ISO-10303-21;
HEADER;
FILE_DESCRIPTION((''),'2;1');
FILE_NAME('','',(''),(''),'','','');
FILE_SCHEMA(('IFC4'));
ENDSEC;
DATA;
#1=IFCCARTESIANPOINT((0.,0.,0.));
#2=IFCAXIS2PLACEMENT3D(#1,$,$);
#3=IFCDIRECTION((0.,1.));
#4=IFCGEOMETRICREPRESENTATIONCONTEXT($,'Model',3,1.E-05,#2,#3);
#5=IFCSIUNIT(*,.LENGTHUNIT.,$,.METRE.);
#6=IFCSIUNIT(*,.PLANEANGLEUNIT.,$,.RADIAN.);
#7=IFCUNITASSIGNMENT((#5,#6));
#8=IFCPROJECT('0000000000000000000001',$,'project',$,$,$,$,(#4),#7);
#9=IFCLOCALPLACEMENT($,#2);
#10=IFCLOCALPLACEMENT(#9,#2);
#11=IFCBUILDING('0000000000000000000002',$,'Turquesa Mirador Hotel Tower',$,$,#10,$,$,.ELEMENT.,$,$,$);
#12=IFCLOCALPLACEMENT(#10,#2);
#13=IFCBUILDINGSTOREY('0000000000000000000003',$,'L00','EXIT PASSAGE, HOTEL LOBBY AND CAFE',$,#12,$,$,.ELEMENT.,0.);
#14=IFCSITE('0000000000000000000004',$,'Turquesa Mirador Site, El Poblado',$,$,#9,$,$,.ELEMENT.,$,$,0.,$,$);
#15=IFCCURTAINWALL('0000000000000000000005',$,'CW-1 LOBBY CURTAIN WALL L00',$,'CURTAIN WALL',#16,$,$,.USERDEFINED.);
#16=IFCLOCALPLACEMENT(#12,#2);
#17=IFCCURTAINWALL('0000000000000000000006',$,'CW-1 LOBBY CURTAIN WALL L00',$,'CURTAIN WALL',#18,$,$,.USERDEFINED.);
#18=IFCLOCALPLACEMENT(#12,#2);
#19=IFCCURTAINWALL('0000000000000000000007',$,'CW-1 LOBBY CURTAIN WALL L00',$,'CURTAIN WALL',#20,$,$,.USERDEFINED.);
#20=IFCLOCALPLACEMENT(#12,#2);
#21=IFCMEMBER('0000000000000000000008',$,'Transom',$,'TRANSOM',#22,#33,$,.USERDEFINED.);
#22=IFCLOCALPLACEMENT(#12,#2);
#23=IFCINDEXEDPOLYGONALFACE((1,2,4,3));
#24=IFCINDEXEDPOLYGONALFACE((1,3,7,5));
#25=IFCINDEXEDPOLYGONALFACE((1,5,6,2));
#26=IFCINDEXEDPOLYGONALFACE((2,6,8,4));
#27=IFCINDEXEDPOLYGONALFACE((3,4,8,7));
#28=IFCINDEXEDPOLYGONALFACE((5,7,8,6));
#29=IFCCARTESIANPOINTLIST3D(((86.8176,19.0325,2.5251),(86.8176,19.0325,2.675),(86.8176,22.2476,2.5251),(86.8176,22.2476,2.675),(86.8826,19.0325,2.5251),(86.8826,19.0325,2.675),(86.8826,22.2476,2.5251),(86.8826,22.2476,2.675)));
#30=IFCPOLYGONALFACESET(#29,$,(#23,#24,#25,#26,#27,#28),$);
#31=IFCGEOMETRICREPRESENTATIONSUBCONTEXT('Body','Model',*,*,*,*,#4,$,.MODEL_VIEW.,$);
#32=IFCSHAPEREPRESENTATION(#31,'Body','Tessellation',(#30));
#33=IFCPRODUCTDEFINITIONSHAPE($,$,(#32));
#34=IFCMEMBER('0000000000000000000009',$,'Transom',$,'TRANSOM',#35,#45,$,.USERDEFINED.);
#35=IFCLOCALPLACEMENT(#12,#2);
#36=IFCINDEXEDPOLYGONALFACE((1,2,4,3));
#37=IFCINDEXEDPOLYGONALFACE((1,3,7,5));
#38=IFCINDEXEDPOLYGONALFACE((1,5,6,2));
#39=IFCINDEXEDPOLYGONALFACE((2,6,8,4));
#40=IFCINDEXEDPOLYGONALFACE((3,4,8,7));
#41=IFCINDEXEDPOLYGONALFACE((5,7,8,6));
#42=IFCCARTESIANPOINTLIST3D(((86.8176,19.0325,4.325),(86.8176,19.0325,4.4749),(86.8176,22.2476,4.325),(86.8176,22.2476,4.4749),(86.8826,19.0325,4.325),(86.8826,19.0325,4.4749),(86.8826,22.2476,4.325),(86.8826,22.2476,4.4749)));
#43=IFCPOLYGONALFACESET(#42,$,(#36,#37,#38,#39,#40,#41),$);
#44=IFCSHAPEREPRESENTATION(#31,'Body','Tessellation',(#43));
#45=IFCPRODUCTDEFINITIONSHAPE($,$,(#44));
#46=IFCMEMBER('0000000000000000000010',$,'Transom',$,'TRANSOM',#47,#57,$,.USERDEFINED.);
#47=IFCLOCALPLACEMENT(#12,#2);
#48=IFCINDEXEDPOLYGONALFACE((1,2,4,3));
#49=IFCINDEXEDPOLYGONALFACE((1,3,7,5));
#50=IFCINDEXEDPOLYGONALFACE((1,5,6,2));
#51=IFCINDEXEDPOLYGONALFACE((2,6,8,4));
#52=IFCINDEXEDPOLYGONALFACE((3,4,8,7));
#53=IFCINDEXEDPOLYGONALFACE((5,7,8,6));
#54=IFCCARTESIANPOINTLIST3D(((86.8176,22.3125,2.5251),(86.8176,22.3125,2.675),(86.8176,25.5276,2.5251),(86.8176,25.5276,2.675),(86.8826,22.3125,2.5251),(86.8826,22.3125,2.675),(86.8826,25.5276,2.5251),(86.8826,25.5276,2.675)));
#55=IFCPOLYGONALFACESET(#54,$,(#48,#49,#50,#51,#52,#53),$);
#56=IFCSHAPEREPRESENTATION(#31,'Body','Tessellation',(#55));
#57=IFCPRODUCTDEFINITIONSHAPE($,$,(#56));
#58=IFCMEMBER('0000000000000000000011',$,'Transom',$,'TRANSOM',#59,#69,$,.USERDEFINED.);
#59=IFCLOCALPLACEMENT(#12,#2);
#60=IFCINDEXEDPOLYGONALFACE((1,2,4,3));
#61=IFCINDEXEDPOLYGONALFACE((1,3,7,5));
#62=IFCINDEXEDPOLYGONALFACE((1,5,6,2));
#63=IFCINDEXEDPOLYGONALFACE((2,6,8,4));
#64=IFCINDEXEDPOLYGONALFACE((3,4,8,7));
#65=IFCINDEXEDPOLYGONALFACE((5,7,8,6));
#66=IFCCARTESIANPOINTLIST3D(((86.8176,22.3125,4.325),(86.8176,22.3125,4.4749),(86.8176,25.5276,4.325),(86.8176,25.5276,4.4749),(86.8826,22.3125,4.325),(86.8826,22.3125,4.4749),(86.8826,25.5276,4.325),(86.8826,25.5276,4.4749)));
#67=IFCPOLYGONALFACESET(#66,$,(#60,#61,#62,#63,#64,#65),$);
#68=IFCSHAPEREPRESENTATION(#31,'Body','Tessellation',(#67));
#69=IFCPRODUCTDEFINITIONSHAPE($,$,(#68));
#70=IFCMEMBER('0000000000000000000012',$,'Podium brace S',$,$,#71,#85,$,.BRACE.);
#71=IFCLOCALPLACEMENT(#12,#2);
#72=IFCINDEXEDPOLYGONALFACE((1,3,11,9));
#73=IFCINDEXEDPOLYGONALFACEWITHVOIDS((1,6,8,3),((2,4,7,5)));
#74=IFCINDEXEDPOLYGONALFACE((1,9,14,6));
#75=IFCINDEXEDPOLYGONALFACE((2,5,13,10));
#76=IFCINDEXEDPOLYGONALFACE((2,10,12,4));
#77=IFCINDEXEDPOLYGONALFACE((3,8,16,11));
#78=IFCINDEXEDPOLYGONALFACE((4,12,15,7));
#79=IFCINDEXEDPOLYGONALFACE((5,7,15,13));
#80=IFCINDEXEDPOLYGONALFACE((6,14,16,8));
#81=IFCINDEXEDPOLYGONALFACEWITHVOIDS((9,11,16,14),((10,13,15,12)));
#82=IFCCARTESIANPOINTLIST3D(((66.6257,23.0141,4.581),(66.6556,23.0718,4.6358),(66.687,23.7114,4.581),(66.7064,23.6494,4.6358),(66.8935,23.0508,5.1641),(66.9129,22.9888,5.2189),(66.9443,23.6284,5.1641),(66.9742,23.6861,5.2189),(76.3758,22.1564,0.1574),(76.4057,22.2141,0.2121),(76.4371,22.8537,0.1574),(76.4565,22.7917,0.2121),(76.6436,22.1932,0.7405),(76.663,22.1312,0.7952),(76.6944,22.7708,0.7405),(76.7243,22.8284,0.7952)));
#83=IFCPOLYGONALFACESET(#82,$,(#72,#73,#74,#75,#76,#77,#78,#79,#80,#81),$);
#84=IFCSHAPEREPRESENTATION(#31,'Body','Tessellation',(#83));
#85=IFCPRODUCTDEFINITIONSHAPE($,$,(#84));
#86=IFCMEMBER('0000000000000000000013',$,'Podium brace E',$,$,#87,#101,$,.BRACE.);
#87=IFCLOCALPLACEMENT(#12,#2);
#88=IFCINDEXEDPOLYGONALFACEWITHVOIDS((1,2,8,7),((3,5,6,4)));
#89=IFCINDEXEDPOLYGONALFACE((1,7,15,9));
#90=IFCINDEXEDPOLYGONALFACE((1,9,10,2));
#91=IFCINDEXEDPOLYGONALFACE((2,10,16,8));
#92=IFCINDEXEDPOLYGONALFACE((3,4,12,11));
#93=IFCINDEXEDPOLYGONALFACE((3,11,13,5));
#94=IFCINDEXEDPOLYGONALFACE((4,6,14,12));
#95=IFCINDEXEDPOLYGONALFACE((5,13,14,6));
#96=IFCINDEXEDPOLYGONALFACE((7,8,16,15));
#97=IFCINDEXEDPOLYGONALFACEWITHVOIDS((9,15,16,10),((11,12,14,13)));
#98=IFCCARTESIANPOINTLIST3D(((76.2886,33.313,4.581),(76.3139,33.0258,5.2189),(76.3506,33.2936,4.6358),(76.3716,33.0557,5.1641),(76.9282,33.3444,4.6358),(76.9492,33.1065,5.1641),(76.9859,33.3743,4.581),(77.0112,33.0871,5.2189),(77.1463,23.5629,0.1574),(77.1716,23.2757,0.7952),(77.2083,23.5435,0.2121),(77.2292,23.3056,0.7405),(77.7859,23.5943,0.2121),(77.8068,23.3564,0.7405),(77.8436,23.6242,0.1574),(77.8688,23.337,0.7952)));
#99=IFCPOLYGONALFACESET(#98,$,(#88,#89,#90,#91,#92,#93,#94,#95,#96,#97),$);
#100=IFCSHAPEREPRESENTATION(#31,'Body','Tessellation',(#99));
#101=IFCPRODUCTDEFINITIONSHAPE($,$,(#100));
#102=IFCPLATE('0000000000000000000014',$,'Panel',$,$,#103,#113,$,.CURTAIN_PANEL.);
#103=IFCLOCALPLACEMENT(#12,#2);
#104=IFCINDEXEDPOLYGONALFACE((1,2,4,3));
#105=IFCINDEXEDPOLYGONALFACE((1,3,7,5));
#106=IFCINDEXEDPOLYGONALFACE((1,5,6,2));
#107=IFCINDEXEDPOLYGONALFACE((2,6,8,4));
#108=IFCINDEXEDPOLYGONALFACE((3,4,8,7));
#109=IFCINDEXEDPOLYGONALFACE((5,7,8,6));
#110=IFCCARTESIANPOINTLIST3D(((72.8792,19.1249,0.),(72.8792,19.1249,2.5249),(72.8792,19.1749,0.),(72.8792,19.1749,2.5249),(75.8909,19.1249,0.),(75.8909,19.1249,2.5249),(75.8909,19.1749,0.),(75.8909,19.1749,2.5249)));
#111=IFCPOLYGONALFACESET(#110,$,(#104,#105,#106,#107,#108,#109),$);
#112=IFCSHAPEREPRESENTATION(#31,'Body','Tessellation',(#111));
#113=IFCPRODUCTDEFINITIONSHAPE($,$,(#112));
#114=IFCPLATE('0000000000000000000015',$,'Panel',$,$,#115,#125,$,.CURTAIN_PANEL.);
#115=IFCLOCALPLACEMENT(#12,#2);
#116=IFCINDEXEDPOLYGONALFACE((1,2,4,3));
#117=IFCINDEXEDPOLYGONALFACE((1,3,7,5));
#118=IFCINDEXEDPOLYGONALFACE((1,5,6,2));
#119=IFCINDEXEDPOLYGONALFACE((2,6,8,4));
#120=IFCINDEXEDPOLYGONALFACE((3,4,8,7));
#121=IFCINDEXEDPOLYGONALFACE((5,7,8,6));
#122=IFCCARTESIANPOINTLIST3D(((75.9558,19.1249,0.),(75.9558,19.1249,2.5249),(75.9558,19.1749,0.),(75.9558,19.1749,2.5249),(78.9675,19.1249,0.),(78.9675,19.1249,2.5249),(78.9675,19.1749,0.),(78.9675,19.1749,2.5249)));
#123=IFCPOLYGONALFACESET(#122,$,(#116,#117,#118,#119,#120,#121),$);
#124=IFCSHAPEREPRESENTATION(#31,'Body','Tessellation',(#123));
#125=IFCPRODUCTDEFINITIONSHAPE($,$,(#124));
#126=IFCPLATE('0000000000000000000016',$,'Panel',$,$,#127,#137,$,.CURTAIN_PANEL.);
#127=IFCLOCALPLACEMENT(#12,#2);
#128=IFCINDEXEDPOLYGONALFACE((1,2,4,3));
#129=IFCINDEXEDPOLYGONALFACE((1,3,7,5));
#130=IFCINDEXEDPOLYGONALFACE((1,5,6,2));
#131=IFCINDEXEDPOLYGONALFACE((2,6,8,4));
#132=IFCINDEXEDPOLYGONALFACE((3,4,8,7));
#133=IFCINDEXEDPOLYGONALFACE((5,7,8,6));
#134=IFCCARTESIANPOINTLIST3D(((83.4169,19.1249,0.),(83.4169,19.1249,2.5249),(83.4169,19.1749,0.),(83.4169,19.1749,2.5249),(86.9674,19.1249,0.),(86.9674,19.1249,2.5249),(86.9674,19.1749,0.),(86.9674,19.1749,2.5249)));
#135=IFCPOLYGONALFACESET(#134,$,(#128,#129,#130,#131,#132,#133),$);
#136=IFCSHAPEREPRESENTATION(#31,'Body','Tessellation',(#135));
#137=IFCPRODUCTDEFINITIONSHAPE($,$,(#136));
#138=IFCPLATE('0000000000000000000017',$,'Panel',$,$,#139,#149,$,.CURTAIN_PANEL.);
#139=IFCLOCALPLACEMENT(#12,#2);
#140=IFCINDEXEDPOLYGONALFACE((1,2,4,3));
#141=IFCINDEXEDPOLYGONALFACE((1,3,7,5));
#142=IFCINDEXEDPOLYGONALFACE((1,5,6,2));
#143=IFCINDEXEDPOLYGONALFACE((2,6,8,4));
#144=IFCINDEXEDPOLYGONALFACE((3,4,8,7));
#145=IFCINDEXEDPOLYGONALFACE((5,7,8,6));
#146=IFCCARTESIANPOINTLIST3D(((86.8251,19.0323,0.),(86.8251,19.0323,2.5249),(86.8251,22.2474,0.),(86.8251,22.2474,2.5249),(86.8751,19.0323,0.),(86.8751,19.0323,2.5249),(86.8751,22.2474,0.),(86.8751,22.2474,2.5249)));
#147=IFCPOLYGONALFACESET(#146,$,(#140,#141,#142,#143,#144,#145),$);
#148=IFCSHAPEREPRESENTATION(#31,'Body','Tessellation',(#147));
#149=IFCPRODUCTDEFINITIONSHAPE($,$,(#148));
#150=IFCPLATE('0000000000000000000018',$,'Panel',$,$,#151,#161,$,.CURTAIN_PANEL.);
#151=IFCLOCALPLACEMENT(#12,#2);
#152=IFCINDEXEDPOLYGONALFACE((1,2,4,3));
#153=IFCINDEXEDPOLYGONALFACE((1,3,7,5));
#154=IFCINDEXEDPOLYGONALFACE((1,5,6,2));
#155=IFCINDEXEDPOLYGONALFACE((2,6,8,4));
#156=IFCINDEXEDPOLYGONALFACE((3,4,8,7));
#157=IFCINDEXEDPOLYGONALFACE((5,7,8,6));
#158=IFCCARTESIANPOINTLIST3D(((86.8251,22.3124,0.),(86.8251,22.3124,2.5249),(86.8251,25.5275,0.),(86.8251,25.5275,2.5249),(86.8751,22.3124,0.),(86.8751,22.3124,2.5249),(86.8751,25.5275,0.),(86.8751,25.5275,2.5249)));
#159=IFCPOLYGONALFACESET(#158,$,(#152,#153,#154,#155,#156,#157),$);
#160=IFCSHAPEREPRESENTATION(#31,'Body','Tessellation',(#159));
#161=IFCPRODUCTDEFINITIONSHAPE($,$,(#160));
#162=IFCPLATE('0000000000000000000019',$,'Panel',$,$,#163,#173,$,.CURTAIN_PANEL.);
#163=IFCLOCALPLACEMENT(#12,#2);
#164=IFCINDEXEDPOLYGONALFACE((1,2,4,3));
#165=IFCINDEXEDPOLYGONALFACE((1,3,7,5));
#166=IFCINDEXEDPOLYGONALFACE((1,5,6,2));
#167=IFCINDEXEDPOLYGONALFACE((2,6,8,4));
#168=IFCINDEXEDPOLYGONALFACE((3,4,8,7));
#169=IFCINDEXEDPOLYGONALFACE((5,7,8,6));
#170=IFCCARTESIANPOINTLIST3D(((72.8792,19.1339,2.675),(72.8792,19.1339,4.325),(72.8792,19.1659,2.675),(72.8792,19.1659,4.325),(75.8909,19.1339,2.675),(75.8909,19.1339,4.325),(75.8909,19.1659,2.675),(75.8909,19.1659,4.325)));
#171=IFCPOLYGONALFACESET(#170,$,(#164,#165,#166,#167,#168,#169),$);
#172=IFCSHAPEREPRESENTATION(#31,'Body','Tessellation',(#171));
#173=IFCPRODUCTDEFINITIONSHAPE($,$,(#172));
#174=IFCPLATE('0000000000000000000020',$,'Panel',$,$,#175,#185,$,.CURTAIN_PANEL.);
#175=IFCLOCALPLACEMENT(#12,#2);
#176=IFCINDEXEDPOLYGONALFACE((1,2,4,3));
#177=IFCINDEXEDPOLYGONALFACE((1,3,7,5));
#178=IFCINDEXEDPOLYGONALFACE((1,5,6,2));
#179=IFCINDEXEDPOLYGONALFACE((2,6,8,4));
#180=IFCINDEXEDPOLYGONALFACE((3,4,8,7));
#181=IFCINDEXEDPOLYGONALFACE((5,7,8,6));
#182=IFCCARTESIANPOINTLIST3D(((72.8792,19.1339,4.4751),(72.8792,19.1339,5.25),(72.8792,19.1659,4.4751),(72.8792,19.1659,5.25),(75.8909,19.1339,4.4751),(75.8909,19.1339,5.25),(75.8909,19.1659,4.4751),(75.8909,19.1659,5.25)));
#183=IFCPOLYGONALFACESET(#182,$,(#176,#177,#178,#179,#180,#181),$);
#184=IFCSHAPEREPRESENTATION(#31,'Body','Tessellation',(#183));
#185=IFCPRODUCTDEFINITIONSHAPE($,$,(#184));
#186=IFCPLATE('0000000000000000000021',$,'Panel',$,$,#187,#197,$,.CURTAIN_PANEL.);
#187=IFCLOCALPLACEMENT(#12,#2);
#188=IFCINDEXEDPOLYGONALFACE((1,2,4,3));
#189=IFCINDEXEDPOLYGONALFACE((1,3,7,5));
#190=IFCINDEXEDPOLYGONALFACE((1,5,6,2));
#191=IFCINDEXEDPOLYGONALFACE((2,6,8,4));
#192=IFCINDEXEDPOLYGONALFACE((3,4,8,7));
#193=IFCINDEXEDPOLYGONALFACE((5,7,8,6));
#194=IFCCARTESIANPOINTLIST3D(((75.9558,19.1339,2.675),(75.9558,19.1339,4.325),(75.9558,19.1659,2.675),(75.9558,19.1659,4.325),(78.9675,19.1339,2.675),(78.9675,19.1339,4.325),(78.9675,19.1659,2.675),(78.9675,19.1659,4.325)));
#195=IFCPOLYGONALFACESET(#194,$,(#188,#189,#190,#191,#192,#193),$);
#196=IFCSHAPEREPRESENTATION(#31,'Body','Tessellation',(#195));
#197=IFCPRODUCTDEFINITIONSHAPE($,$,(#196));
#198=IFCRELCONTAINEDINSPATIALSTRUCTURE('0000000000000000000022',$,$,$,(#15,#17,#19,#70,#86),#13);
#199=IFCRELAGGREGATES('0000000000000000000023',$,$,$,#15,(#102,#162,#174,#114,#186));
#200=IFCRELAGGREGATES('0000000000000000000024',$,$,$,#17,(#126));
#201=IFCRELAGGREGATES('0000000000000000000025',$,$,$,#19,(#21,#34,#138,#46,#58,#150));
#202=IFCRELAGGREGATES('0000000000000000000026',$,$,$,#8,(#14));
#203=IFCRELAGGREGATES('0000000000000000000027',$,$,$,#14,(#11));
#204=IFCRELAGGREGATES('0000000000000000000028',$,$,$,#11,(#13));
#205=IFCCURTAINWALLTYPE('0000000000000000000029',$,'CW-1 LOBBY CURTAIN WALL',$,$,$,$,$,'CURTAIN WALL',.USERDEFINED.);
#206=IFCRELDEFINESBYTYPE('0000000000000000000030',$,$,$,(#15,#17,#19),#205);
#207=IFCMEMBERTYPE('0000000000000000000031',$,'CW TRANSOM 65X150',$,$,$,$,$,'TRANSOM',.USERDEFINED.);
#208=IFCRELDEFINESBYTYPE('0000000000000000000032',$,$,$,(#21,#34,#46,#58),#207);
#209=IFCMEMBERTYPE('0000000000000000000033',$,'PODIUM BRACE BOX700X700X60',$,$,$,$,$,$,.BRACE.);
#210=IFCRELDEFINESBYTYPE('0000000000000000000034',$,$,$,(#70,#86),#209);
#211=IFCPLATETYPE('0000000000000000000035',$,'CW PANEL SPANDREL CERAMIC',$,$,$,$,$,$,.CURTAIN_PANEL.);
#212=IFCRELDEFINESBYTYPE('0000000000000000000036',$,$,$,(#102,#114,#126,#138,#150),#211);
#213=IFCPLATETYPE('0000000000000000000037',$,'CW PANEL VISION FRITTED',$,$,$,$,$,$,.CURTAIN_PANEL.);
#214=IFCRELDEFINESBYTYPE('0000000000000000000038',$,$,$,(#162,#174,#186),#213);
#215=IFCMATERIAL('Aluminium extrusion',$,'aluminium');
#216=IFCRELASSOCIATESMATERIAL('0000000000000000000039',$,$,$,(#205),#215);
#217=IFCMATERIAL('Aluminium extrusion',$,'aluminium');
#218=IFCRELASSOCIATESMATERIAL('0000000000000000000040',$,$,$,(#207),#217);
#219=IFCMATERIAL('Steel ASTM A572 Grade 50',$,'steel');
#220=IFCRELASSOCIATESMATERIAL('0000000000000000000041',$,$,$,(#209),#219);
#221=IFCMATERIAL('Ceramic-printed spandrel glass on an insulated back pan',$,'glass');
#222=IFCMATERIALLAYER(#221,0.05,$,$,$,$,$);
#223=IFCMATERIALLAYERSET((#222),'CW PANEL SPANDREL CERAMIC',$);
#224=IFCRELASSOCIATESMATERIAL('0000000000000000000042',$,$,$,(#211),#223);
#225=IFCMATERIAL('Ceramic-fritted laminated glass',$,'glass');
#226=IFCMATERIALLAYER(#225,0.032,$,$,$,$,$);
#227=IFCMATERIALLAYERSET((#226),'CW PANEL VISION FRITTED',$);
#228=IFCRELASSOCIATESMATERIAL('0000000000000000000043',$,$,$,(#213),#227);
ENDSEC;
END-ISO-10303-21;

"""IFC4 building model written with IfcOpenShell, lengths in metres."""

from ifc_helpers import new_model, si_unit, direction, frame, origin, origin_2d, place, context, subcontext, project, spatial, rectangle, hollow_rectangle, extrude, material, layer, layer_set, material_profile, profile_set, type_object, element, aggregate, save


model = new_model("IFC4")

# Units and contexts
model_context = context("Model", 3, precision=1e-05, world=origin(), true_north=direction((0.0, 1.0)))
body_context = subcontext(model_context, "Body", "Model", "MODEL_VIEW")
ifc_project = project(units=[si_unit("LENGTHUNIT", "METRE"), si_unit("PLANEANGLEUNIT", "RADIAN")], contexts=[model_context])

# Site, building, storey
site_placement = place(None, origin())
site = spatial("IfcSite", under=ifc_project, at=site_placement, Name="Turquesa Mirador Site, El Poblado", CompositionType="ELEMENT", RefElevation=0.0)
building_placement = place(site_placement, origin())
building = spatial("IfcBuilding", under=site, at=building_placement, Name="Turquesa Mirador Hotel Tower", CompositionType="ELEMENT")
storey_placement = place(building_placement, origin())
storey = spatial("IfcBuildingStorey", under=building, at=storey_placement, Name="L00", Description="EXIT PASSAGE, HOTEL LOBBY AND CAFE", CompositionType="ELEMENT", Elevation=0.0)

# Curtain walls
ifc_material_1 = material(Name="Aluminium extrusion", Category="aluminium")
curtain_wall_type = type_object("IfcCurtainWallType", Name="CW-1 LOBBY CURTAIN WALL", ElementType="CURTAIN WALL", PredefinedType="USERDEFINED", material=ifc_material_1)
curtain_wall_1_placement = place(storey_placement, origin())
curtain_wall_1 = element("IfcCurtainWall", 1, at=curtain_wall_1_placement, inside=storey, type_object=curtain_wall_type, Name="CW-1 LOBBY CURTAIN WALL L00", ObjectType="CURTAIN WALL", PredefinedType="USERDEFINED")
curtain_wall_2_placement = place(storey_placement, origin())
curtain_wall_2 = element("IfcCurtainWall", 2, at=curtain_wall_2_placement, inside=storey, type_object=curtain_wall_type, Name="CW-1 LOBBY CURTAIN WALL L00", ObjectType="CURTAIN WALL", PredefinedType="USERDEFINED")
curtain_wall_3_placement = place(storey_placement, origin())
curtain_wall_3 = element("IfcCurtainWall", 3, at=curtain_wall_3_placement, inside=storey, type_object=curtain_wall_type, Name="CW-1 LOBBY CURTAIN WALL L00", ObjectType="CURTAIN WALL", PredefinedType="USERDEFINED")

# Members
ifc_material_2 = material(Name="Aluminium extrusion", Category="aluminium")
ifc_material_profile_1 = material_profile(ifc_material_2, rectangle(XDim=0.0649, YDim=0.1499, at=origin_2d()), Name="TRANSOM 65X150")
ifc_profile_set_1 = profile_set([ifc_material_profile_1], Name="Aluminium extrusion")
member_type_1 = type_object("IfcMemberType", Name="CW TRANSOM 65X150", ElementType="TRANSOM", PredefinedType="USERDEFINED", material=ifc_profile_set_1)
member_1_placement = place(storey_placement, frame((86.8501, 19.0325, 2.6001), z_axis=(0.0, 1.0, 0.0), x_axis=(-1.0, 0.0, 0.0)))
member_1 = element("IfcMember", 4, at=member_1_placement, type_object=member_type_1, Name="Transom", ObjectType="TRANSOM", PredefinedType="USERDEFINED", context=body_context, shape_type="SweptSolid", body=[
    extrude(rectangle(XDim=0.0649, YDim=0.1499, at=origin_2d()), origin(), (0.0, 0.0, 1.0), 3.2151),
])
member_2_placement = place(storey_placement, frame((86.8501, 19.0325, 4.3999), z_axis=(0.0, 1.0, 0.0), x_axis=(-1.0, 0.0, 0.0)))
member_2 = element("IfcMember", 5, at=member_2_placement, type_object=member_type_1, Name="Transom", ObjectType="TRANSOM", PredefinedType="USERDEFINED", context=body_context, shape_type="SweptSolid", body=[
    extrude(rectangle(XDim=0.0649, YDim=0.1499, at=origin_2d()), origin(), (0.0, 0.0, 1.0), 3.2151),
])
member_3_placement = place(storey_placement, frame((86.8501, 22.3125, 2.6001), z_axis=(0.0, 1.0, 0.0), x_axis=(-1.0, 0.0, 0.0)))
member_3 = element("IfcMember", 6, at=member_3_placement, type_object=member_type_1, Name="Transom", ObjectType="TRANSOM", PredefinedType="USERDEFINED", context=body_context, shape_type="SweptSolid", body=[
    extrude(rectangle(XDim=0.0649, YDim=0.1499, at=origin_2d()), origin(), (0.0, 0.0, 1.0), 3.2151),
])
member_4_placement = place(storey_placement, frame((86.8501, 22.3125, 4.3999), z_axis=(0.0, 1.0, 0.0), x_axis=(-1.0, 0.0, 0.0)))
member_4 = element("IfcMember", 7, at=member_4_placement, type_object=member_type_1, Name="Transom", ObjectType="TRANSOM", PredefinedType="USERDEFINED", context=body_context, shape_type="SweptSolid", body=[
    extrude(rectangle(XDim=0.0649, YDim=0.1499, at=origin_2d()), origin(), (0.0, 0.0, 1.0), 3.2151),
])

# Members
ifc_material_3 = material(Name="Steel ASTM A572 Grade 50", Category="steel")
ifc_material_profile_2 = material_profile(ifc_material_3, hollow_rectangle(XDim=0.7, YDim=0.7, WallThickness=0.0601, at=origin_2d()), Name="BOX700X700X60")
ifc_profile_set_2 = profile_set([ifc_material_profile_2], Name="Steel ASTM A572 Grade 50")
member_type_2 = type_object("IfcMemberType", Name="PODIUM BRACE BOX700X700X60", PredefinedType="BRACE", material=ifc_profile_set_2)
for number, where, z_axis, x_axis, name in (
    (8, (76.55, 22.4924, 0.4763), (-0.907748, 0.079851, 0.411846), (-0.087627, -0.996153, 0.0), "Podium brace S"),
    (9, (77.5076, 23.45, 0.4763), (-0.079851, 0.907748, 0.411846), (-0.996153, -0.087627, 0.0), "Podium brace E"),
):
    element("IfcMember", number, at=place(storey_placement, frame(where, z_axis=z_axis, x_axis=x_axis)), inside=storey, type_object=member_type_2, Name=name, PredefinedType="BRACE", context=body_context, shape_type="SweptSolid", body=[
        extrude(hollow_rectangle(XDim=0.7, YDim=0.7, WallThickness=0.0601, at=origin_2d()), origin(), (0.0, 0.0, 1.0), 10.741),
    ])

# Plates
ifc_material_4 = material(Name="Ceramic-printed spandrel glass on an insulated back pan", Category="glass")
ifc_layer_1 = layer(ifc_material_4, 0.05)
ifc_layer_set_1 = layer_set([ifc_layer_1], Name="CW PANEL SPANDREL CERAMIC")
plate_type_1 = type_object("IfcPlateType", Name="CW PANEL SPANDREL CERAMIC", PredefinedType="CURTAIN_PANEL", material=ifc_layer_set_1)
plate_1_placement = place(storey_placement, frame((74.385, 19.1499, 0.0), z_axis=(0.0, 0.0, 1.0), x_axis=(1.0, 0.0, 0.0)))
plate_1 = element("IfcPlate", 10, at=plate_1_placement, type_object=plate_type_1, Name="Panel", PredefinedType="CURTAIN_PANEL", context=body_context, shape_type="SweptSolid", body=[
    extrude(rectangle(XDim=3.0117, YDim=0.05, at=origin_2d()), origin(), (0.0, 0.0, 1.0), 2.5249),
])
plate_2_placement = place(storey_placement, frame((77.4617, 19.1499, 0.0), z_axis=(0.0, 0.0, 1.0), x_axis=(1.0, 0.0, 0.0)))
plate_2 = element("IfcPlate", 11, at=plate_2_placement, type_object=plate_type_1, Name="Panel", PredefinedType="CURTAIN_PANEL", context=body_context, shape_type="SweptSolid", body=[
    extrude(rectangle(XDim=3.0117, YDim=0.05, at=origin_2d()), origin(), (0.0, 0.0, 1.0), 2.5249),
])
plate_3_placement = place(storey_placement, frame((85.1921, 19.1499, 0.0), z_axis=(0.0, 0.0, 1.0), x_axis=(1.0, 0.0, 0.0)))
plate_3 = element("IfcPlate", 12, at=plate_3_placement, type_object=plate_type_1, Name="Panel", PredefinedType="CURTAIN_PANEL", context=body_context, shape_type="SweptSolid", body=[
    extrude(rectangle(XDim=3.5505, YDim=0.05, at=origin_2d()), origin(), (0.0, 0.0, 1.0), 2.5249),
])
plate_4_placement = place(storey_placement, frame((86.8501, 20.6399, 0.0), z_axis=(0.0, 0.0, 1.0), x_axis=(0.0, 1.0, 0.0)))
plate_4 = element("IfcPlate", 13, at=plate_4_placement, type_object=plate_type_1, Name="Panel", PredefinedType="CURTAIN_PANEL", context=body_context, shape_type="SweptSolid", body=[
    extrude(rectangle(XDim=3.2151, YDim=0.05, at=origin_2d()), origin(), (0.0, 0.0, 1.0), 2.5249),
])
plate_5_placement = place(storey_placement, frame((86.8501, 23.9199, 0.0), z_axis=(0.0, 0.0, 1.0), x_axis=(0.0, 1.0, 0.0)))
plate_5 = element("IfcPlate", 14, at=plate_5_placement, type_object=plate_type_1, Name="Panel", PredefinedType="CURTAIN_PANEL", context=body_context, shape_type="SweptSolid", body=[
    extrude(rectangle(XDim=3.2151, YDim=0.05, at=origin_2d()), origin(), (0.0, 0.0, 1.0), 2.5249),
])
ifc_material_5 = material(Name="Ceramic-fritted laminated glass", Category="glass")
ifc_layer_2 = layer(ifc_material_5, 0.032)
ifc_layer_set_2 = layer_set([ifc_layer_2], Name="CW PANEL VISION FRITTED")
plate_type_2 = type_object("IfcPlateType", Name="CW PANEL VISION FRITTED", PredefinedType="CURTAIN_PANEL", material=ifc_layer_set_2)
plate_6_placement = place(storey_placement, frame((74.385, 19.1499, 2.675), z_axis=(0.0, 0.0, 1.0), x_axis=(1.0, 0.0, 0.0)))
plate_6 = element("IfcPlate", 15, at=plate_6_placement, type_object=plate_type_2, Name="Panel", PredefinedType="CURTAIN_PANEL", context=body_context, shape_type="SweptSolid", body=[
    extrude(rectangle(XDim=3.0117, YDim=0.032, at=origin_2d()), origin(), (0.0, 0.0, 1.0), 1.6499),
])
plate_7_placement = place(storey_placement, frame((74.385, 19.1499, 4.4751), z_axis=(0.0, 0.0, 1.0), x_axis=(1.0, 0.0, 0.0)))
plate_7 = element("IfcPlate", 16, at=plate_7_placement, type_object=plate_type_2, Name="Panel", PredefinedType="CURTAIN_PANEL", context=body_context, shape_type="SweptSolid", body=[
    extrude(rectangle(XDim=3.0117, YDim=0.032, at=origin_2d()), origin(), (0.0, 0.0, 1.0), 0.7749),
])
plate_8_placement = place(storey_placement, frame((77.4617, 19.1499, 2.675), z_axis=(0.0, 0.0, 1.0), x_axis=(1.0, 0.0, 0.0)))
plate_8 = element("IfcPlate", 17, at=plate_8_placement, type_object=plate_type_2, Name="Panel", PredefinedType="CURTAIN_PANEL", context=body_context, shape_type="SweptSolid", body=[
    extrude(rectangle(XDim=3.0117, YDim=0.032, at=origin_2d()), origin(), (0.0, 0.0, 1.0), 1.6499),
])
aggregate(curtain_wall_1, [plate_1, plate_6, plate_7, plate_2, plate_8])
aggregate(curtain_wall_2, [plate_3])
aggregate(curtain_wall_3, [member_1, member_2, plate_4, member_3, member_4, plate_5])

save(model, "model.ifc")
